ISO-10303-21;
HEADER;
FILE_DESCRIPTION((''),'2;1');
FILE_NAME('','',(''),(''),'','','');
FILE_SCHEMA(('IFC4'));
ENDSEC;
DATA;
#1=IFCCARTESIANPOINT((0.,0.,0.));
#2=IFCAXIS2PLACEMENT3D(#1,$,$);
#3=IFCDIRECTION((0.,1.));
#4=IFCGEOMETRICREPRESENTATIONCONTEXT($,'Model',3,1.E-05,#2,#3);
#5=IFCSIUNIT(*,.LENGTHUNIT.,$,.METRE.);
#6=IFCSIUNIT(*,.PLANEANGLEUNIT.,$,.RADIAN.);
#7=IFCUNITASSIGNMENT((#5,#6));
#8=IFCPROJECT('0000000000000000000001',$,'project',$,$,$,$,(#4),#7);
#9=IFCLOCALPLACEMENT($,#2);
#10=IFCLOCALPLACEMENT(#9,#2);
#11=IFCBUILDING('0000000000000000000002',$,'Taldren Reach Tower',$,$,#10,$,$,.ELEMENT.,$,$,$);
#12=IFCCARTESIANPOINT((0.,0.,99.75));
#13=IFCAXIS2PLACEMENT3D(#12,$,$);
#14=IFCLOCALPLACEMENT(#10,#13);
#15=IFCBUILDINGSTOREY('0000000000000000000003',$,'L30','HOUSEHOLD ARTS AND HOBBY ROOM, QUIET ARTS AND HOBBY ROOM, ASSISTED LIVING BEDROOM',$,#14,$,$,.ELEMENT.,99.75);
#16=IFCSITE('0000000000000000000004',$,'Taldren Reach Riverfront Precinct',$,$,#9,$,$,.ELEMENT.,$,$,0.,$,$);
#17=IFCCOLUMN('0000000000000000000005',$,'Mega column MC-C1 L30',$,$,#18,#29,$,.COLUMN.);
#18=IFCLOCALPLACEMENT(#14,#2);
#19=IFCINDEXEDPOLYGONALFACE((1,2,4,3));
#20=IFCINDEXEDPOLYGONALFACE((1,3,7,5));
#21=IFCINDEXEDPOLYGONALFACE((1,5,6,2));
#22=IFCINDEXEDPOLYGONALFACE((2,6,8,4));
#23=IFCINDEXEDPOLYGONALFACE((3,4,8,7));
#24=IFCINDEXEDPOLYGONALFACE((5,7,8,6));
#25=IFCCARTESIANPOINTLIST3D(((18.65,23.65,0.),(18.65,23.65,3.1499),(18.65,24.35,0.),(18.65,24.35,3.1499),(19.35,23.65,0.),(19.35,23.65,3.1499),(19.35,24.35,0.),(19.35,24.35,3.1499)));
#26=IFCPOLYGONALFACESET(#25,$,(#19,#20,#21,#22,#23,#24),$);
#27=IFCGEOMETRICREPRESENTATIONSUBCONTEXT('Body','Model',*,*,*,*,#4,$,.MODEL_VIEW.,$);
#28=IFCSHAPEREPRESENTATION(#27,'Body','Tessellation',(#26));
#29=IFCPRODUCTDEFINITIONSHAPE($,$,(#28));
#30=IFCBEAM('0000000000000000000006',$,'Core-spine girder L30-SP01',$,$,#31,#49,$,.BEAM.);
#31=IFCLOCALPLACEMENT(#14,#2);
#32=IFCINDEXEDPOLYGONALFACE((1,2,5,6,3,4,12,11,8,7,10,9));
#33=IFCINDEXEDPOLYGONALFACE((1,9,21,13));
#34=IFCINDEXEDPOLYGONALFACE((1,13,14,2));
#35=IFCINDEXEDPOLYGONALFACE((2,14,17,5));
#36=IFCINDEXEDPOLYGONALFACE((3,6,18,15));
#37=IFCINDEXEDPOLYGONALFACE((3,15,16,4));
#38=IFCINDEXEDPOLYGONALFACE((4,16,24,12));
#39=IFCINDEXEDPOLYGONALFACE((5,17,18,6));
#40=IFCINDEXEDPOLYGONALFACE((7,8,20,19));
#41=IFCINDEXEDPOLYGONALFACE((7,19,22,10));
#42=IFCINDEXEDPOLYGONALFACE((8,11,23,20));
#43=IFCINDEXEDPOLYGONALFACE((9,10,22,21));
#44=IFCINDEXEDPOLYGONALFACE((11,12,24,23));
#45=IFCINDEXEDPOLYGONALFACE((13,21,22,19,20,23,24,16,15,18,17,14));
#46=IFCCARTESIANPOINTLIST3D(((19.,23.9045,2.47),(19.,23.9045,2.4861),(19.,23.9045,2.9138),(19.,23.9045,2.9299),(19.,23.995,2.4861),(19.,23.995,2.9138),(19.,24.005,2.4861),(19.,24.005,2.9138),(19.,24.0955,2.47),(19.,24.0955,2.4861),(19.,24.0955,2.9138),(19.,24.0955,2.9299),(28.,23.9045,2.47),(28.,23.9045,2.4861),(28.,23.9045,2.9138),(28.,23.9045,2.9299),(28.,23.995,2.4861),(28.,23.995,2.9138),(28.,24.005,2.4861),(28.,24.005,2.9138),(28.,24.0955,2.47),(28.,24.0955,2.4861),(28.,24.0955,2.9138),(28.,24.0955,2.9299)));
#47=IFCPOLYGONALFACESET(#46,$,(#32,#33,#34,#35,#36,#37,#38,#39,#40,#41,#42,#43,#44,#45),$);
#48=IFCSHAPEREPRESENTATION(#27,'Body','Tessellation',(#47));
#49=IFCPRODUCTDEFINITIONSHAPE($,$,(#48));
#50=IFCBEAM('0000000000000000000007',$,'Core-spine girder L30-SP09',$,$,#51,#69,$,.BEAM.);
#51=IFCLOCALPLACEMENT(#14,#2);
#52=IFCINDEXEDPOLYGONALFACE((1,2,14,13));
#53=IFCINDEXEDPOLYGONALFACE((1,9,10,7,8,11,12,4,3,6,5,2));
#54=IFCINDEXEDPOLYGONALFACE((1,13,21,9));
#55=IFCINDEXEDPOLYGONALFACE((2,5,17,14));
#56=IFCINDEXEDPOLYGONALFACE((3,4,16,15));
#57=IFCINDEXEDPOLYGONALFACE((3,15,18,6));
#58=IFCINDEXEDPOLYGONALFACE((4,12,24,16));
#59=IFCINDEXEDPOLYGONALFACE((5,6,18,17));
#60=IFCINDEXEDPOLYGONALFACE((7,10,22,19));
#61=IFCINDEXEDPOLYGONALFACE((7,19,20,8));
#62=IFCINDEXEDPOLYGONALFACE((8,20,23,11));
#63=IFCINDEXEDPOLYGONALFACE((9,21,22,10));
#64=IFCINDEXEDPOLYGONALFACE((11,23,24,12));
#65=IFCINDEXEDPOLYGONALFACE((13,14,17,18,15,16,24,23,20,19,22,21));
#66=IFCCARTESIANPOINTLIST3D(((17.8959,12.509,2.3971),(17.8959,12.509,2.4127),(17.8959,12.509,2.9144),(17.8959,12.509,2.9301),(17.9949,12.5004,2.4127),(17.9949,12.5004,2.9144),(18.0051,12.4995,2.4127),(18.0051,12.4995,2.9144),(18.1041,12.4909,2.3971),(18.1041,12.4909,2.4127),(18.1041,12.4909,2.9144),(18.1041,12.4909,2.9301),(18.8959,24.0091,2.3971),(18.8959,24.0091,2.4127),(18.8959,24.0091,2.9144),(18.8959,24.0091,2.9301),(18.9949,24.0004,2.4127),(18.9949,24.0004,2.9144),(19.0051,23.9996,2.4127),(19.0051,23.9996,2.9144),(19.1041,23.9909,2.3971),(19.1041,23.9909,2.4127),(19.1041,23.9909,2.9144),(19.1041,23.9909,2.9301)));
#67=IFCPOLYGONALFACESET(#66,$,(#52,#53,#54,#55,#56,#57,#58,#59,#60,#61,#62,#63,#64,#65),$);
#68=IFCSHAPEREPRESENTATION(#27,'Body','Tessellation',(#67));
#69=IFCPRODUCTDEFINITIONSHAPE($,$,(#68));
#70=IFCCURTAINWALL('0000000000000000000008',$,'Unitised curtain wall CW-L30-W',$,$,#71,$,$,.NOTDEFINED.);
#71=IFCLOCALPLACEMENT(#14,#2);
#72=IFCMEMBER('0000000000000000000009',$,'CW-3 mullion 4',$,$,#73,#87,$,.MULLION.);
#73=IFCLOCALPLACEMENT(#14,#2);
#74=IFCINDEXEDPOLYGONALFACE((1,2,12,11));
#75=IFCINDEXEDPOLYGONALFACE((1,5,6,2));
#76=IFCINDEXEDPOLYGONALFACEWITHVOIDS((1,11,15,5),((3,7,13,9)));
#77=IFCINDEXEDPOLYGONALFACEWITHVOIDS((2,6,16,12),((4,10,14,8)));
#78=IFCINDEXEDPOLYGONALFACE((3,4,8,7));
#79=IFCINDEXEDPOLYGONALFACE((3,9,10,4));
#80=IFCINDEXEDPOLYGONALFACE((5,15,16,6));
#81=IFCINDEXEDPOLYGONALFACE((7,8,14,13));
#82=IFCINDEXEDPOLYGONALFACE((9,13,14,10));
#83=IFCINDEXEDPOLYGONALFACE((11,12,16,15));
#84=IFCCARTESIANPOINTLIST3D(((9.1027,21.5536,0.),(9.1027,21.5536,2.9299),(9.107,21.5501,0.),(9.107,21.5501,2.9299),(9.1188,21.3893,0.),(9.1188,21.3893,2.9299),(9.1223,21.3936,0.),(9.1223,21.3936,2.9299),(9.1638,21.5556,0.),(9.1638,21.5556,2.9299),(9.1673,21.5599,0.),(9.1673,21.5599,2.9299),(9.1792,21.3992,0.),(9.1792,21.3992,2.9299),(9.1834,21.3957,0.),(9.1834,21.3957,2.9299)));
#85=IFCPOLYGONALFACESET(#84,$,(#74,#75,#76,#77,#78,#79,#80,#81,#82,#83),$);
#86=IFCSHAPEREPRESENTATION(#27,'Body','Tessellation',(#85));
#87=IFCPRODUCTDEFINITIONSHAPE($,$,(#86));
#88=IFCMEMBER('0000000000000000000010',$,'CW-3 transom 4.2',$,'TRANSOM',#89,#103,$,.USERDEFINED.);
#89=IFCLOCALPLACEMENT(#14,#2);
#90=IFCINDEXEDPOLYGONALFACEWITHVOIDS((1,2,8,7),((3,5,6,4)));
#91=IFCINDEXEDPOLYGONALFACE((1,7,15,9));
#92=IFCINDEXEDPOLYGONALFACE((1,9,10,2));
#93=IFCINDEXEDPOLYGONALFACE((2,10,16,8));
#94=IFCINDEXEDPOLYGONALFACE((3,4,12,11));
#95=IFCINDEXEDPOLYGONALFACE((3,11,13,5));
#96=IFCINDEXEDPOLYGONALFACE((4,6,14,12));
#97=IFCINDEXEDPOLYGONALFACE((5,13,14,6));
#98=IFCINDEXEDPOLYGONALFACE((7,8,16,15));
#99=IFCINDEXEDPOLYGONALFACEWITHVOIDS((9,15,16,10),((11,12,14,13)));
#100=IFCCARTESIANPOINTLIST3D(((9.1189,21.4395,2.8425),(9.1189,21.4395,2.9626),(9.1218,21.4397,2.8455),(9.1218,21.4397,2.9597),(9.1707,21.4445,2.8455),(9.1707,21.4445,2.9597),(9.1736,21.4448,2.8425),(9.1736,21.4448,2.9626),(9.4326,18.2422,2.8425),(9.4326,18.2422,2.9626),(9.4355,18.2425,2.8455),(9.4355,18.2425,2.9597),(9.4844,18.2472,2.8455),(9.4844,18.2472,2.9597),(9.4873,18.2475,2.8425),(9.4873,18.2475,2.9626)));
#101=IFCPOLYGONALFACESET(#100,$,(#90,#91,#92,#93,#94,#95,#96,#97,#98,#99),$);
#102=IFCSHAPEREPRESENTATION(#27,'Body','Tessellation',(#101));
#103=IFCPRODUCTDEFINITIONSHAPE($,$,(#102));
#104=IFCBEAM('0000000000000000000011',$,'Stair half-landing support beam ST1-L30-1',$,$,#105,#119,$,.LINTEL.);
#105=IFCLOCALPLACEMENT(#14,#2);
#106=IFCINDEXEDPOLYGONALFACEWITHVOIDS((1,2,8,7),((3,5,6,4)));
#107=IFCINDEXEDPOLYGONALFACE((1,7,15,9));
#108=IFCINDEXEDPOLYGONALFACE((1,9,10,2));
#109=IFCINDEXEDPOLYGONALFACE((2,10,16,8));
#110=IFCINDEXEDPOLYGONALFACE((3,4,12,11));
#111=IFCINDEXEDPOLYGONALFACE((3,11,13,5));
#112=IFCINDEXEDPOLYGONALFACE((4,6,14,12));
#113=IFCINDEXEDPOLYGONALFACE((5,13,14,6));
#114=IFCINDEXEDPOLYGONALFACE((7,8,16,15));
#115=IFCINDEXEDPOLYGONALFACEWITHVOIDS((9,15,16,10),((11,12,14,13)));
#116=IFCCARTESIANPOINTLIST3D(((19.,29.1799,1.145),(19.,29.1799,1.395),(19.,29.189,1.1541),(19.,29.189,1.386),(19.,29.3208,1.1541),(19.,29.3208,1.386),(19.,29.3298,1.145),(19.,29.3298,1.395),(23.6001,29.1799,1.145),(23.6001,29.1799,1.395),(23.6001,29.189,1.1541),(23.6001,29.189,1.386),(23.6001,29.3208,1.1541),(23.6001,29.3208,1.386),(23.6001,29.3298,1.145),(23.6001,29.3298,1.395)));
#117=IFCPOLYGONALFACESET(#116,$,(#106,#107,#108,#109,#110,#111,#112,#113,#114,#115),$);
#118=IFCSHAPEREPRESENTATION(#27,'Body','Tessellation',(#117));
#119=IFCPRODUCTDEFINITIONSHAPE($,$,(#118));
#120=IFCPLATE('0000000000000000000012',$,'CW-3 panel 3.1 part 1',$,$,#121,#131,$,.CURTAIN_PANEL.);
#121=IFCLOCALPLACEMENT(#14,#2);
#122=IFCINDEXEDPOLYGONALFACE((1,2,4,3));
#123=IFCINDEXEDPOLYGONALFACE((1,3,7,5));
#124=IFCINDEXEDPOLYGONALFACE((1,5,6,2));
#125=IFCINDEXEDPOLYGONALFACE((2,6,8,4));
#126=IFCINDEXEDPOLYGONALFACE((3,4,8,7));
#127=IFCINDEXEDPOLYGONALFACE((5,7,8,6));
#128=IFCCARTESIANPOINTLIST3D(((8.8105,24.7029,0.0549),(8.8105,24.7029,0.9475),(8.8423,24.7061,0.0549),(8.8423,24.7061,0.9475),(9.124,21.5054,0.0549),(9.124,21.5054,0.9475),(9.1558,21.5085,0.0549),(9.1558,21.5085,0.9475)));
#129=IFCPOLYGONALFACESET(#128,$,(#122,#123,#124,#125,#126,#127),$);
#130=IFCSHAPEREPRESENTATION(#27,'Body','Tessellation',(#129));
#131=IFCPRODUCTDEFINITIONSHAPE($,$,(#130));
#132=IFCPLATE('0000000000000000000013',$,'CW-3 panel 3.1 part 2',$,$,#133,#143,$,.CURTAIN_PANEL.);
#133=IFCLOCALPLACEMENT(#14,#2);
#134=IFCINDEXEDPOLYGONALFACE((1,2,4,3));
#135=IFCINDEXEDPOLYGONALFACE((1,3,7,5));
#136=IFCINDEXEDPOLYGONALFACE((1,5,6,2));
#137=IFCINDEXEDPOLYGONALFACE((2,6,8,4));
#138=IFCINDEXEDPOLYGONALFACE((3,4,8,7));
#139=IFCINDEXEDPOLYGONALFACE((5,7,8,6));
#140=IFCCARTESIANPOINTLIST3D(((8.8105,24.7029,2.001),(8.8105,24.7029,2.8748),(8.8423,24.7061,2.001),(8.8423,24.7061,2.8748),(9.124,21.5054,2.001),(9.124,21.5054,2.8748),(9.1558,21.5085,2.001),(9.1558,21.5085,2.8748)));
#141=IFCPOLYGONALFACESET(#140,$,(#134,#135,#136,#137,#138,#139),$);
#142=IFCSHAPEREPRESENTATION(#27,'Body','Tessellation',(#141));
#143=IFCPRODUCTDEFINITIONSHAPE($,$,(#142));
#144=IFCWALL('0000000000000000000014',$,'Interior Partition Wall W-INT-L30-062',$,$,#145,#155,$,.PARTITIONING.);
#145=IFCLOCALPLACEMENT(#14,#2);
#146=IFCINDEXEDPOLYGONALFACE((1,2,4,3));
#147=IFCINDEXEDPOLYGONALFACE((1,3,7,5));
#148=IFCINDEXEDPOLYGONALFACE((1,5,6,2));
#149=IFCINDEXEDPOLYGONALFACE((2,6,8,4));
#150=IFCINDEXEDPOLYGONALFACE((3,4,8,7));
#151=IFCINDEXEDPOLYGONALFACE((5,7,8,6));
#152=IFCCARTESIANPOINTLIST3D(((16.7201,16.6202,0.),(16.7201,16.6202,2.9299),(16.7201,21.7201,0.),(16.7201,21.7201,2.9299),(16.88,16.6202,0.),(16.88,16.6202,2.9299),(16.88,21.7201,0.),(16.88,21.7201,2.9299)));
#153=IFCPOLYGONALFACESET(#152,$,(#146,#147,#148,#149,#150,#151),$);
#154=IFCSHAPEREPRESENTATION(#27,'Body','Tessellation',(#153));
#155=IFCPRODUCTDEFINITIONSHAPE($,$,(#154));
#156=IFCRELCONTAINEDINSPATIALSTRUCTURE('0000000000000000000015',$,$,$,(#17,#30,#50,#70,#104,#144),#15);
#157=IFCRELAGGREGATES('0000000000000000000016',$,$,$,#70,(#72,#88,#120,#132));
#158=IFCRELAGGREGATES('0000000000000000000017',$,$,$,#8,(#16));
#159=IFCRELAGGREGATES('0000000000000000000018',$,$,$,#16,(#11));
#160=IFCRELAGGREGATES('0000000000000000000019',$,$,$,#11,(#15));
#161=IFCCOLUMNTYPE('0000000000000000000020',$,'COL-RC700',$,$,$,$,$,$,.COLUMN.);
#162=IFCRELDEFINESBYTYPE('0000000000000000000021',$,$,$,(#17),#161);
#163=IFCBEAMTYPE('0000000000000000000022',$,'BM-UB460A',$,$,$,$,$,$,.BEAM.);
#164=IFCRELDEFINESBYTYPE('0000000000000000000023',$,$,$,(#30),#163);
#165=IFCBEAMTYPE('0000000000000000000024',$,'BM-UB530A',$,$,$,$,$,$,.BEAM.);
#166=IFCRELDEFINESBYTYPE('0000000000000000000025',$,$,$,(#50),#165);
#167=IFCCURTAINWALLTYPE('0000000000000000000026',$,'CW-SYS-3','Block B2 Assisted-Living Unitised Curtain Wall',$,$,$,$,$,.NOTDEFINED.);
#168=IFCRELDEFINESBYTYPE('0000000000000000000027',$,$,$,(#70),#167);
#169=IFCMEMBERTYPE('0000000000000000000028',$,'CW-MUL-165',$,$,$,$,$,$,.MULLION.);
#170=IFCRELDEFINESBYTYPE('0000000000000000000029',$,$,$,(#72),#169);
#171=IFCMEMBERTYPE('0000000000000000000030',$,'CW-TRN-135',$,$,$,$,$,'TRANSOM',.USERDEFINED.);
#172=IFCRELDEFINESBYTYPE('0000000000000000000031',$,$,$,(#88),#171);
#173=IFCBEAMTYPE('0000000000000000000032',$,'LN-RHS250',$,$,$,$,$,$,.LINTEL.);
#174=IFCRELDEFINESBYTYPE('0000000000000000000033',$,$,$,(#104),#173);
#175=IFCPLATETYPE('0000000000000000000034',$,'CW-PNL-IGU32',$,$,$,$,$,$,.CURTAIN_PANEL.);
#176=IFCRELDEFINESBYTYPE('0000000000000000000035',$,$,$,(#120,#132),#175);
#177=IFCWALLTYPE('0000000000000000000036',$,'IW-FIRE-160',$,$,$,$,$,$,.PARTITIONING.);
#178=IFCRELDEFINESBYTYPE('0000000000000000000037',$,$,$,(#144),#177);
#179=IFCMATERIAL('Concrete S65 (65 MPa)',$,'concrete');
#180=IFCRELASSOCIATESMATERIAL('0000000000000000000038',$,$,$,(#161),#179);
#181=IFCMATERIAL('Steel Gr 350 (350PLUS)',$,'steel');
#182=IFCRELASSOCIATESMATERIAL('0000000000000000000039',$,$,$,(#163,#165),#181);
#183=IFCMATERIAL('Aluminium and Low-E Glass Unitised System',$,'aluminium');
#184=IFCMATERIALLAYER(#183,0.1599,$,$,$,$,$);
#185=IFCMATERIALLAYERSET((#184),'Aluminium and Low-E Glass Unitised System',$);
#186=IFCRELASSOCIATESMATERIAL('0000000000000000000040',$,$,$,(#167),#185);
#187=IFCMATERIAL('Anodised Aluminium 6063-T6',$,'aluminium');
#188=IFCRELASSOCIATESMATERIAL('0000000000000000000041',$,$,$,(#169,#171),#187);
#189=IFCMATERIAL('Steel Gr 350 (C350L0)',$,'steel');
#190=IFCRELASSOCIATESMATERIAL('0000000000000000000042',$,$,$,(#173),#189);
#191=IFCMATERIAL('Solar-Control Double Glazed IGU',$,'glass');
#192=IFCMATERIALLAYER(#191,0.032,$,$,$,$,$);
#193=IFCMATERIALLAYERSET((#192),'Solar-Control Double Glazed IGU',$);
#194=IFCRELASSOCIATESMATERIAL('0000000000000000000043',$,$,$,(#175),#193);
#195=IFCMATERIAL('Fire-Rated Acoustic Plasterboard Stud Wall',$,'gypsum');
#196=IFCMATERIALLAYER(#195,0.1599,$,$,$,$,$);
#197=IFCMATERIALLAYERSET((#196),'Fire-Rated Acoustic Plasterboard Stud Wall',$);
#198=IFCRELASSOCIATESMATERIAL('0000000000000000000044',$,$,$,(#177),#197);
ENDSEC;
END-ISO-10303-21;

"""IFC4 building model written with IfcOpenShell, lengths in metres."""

from ifc_helpers import new_model, si_unit, direction, frame, frame_2d, origin, origin_2d, place, context, subcontext, project, spatial, rectangle, hollow_rectangle, i_section, extrude, source, transform, mapped, material, layer, layer_set, material_profile, profile_set, type_object, element, aggregate, save


model = new_model("IFC4")

# Units and contexts
model_context = context("Model", 3, precision=1e-05, world=origin(), true_north=direction((0.0, 1.0)))
body_context = subcontext(model_context, "Body", "Model", "MODEL_VIEW")
ifc_project = project(units=[si_unit("LENGTHUNIT", "METRE"), si_unit("PLANEANGLEUNIT", "RADIAN")], contexts=[model_context])

# Site, building, storey
site_placement = place(None, origin())
site = spatial("IfcSite", under=ifc_project, at=site_placement, Name="Taldren Reach Riverfront Precinct", CompositionType="ELEMENT", RefElevation=0.0)
building_placement = place(site_placement, origin())
building = spatial("IfcBuilding", under=site, at=building_placement, Name="Taldren Reach Tower", CompositionType="ELEMENT")
storey_placement = place(building_placement, frame((0.0, 0.0, 99.75)))
storey = spatial("IfcBuildingStorey", under=building, at=storey_placement, Name="L30", Description="HOUSEHOLD ARTS AND HOBBY ROOM, QUIET ARTS AND HOBBY ROOM, ASSISTED LIVING BEDROOM", CompositionType="ELEMENT", Elevation=99.75)

# Column
ifc_material_1 = material(Name="Concrete S65 (65 MPa)", Category="concrete")
ifc_material_profile_1 = material_profile(ifc_material_1, rectangle(XDim=0.7, YDim=0.7, at=origin_2d()), Name="RC-700x700")
ifc_profile_set_1 = profile_set([ifc_material_profile_1], Name="Concrete S65 (65 MPa)")
column_type = type_object("IfcColumnType", Name="COL-RC700", PredefinedType="COLUMN", material=ifc_profile_set_1)
shared_shape_1 = source(origin(), body_context, "Body", "SweptSolid", [
    extrude(rectangle(XDim=0.7, YDim=0.7, at=origin_2d()), origin(), (0.0, 0.0, 1.0), 3.1499),
])
column_placement = place(storey_placement, frame((19.0, 24.0, 0.0), z_axis=(0.0, 0.0, 1.0), x_axis=(1.0, 0.0, 0.0)))
element("IfcColumn", 1, at=column_placement, inside=storey, type_object=column_type, Name="Mega column MC-C1 L30", PredefinedType="COLUMN", context=body_context, shape_type="MappedRepresentation", body=[
    mapped(shared_shape_1, transform((0.0, 0.0, 0.0), scale=1.0)),
])

# Beams
ifc_material_2 = material(Name="Steel Gr 350 (350PLUS)", Category="steel")
ifc_material_profile_2 = material_profile(ifc_material_2, i_section(OverallWidth=0.1909, OverallDepth=0.46, WebThickness=0.01, FlangeThickness=0.0161, at=origin_2d()), Name="460UB82.1")
ifc_profile_set_2 = profile_set([ifc_material_profile_2], Name="Steel Gr 350 (350PLUS)")
beam_type_1 = type_object("IfcBeamType", Name="BM-UB460A", PredefinedType="BEAM", material=ifc_profile_set_2)
shared_shape_2 = source(origin(), body_context, "Body", "SweptSolid", [
    extrude(i_section(OverallWidth=0.1909, OverallDepth=0.46, WebThickness=0.01, FlangeThickness=0.0161, at=origin_2d()), origin(), (0.0, 0.0, 1.0), 9.0),
])
beam_1_placement = place(storey_placement, frame((19.0, 24.0, 2.7), z_axis=(1.0, 0.0, 0.0), x_axis=(0.0, 1.0, 0.0)))
element("IfcBeam", 2, at=beam_1_placement, inside=storey, type_object=beam_type_1, Name="Core-spine girder L30-SP01", PredefinedType="BEAM", context=body_context, shape_type="MappedRepresentation", body=[
    mapped(shared_shape_2, transform((0.0, 0.0, 0.0), scale=1.0)),
])
ifc_material_profile_3 = material_profile(ifc_material_2, i_section(OverallWidth=0.209, OverallDepth=0.533, WebThickness=0.0103, FlangeThickness=0.0156, at=origin_2d()), Name="530UB92.4")
ifc_profile_set_3 = profile_set([ifc_material_profile_3], Name="Steel Gr 350 (350PLUS)")
beam_type_2 = type_object("IfcBeamType", Name="BM-UB530A", PredefinedType="BEAM", material=ifc_profile_set_3)
shared_shape_3 = source(origin(), body_context, "Body", "SweptSolid", [
    extrude(i_section(OverallWidth=0.209, OverallDepth=0.533, WebThickness=0.0103, FlangeThickness=0.0156, at=origin_2d()), origin(), (0.0, 0.0, 1.0), 11.5435),
])
beam_2_placement = place(storey_placement, frame((19.0, 24.0, 2.6636), z_axis=(-0.08663, -0.996241, 0.0), x_axis=(0.996241, -0.08663, 0.0)))
element("IfcBeam", 3, at=beam_2_placement, inside=storey, type_object=beam_type_2, Name="Core-spine girder L30-SP09", PredefinedType="BEAM", context=body_context, shape_type="MappedRepresentation", body=[
    mapped(shared_shape_3, transform((0.0, 0.0, 0.0), scale=1.0)),
])

# Curtain wall, members
ifc_material_3 = material(Name="Aluminium and Low-E Glass Unitised System", Category="aluminium")
ifc_layer_1 = layer(ifc_material_3, 0.1599)
ifc_layer_set_1 = layer_set([ifc_layer_1], Name="Aluminium and Low-E Glass Unitised System")
curtain_wall_type = type_object("IfcCurtainWallType", Name="CW-SYS-3", Description="Block B2 Assisted-Living Unitised Curtain Wall", PredefinedType="NOTDEFINED", material=ifc_layer_set_1)
curtain_wall_placement = place(storey_placement, origin())
curtain_wall = element("IfcCurtainWall", 4, at=curtain_wall_placement, inside=storey, type_object=curtain_wall_type, Name="Unitised curtain wall CW-L30-W", PredefinedType="NOTDEFINED")
ifc_material_4 = material(Name="Anodised Aluminium 6063-T6", Category="aluminium")
ifc_material_profile_4 = material_profile(ifc_material_4, hollow_rectangle(XDim=0.0649, YDim=0.165, WallThickness=0.0039, at=origin_2d()), Name="ALU-165x65x4RHS")
ifc_profile_set_4 = profile_set([ifc_material_profile_4], Name="Anodised Aluminium 6063-T6")
member_type_1 = type_object("IfcMemberType", Name="CW-MUL-165", PredefinedType="MULLION", material=ifc_profile_set_4)
shared_shape_4 = source(origin(), body_context, "Body", "SweptSolid", [
    extrude(hollow_rectangle(XDim=0.0649, YDim=0.165, WallThickness=0.0039, at=origin_2d()), origin(), (0.0, 0.0, 1.0), 2.9299),
])
member_1_placement = place(storey_placement, frame((9.1431, 21.4746, 0.0), z_axis=(0.0, 0.0, 1.0), x_axis=(0.995227, 0.097583, 0.0)))
member_1 = element("IfcMember", 5, at=member_1_placement, type_object=member_type_1, Name="CW-3 mullion 4", PredefinedType="MULLION", context=body_context, shape_type="MappedRepresentation", body=[
    mapped(shared_shape_4, transform((0.0, 0.0, 0.0), scale=1.0)),
])
ifc_material_profile_5 = material_profile(ifc_material_4, hollow_rectangle(XDim=0.0549, YDim=0.1201, WallThickness=0.0029, at=origin_2d()), Name="ALU-120x55x3RHS")
ifc_profile_set_5 = profile_set([ifc_material_profile_5], Name="Anodised Aluminium 6063-T6")
member_type_2 = type_object("IfcMemberType", Name="CW-TRN-135", ElementType="TRANSOM", PredefinedType="USERDEFINED", material=ifc_profile_set_5)
shared_shape_5 = source(origin(), body_context, "Body", "SweptSolid", [
    extrude(hollow_rectangle(XDim=0.0549, YDim=0.1201, WallThickness=0.0029, at=origin_2d()), origin(), (0.0, 0.0, 1.0), 3.2126),
])
member_2_placement = place(storey_placement, frame((9.1462, 21.4421, 2.9026), z_axis=(0.097653, -0.995221, 0.0), x_axis=(0.995221, 0.097653, 0.0)))
member_2 = element("IfcMember", 6, at=member_2_placement, type_object=member_type_2, Name="CW-3 transom 4.2", ObjectType="TRANSOM", PredefinedType="USERDEFINED", context=body_context, shape_type="MappedRepresentation", body=[
    mapped(shared_shape_5, transform((0.0, 0.0, 0.0), scale=1.0)),
])

# Beam
ifc_material_5 = material(Name="Steel Gr 350 (C350L0)", Category="steel")
ifc_material_profile_6 = material_profile(ifc_material_5, hollow_rectangle(XDim=0.1499, YDim=0.25, WallThickness=0.009, at=origin_2d()), Name="250x150x9.0RHS")
ifc_profile_set_6 = profile_set([ifc_material_profile_6], Name="Steel Gr 350 (C350L0)")
beam_type_3 = type_object("IfcBeamType", Name="LN-RHS250", PredefinedType="LINTEL", material=ifc_profile_set_6)
shared_shape_6 = source(origin(), body_context, "Body", "SweptSolid", [
    extrude(hollow_rectangle(XDim=0.1499, YDim=0.25, WallThickness=0.009, at=origin_2d()), origin(), (0.0, 0.0, 1.0), 4.6001),
])
beam_3_placement = place(storey_placement, frame((19.0, 29.2549, 1.27), z_axis=(1.0, 0.0, 0.0), x_axis=(0.0, 1.0, 0.0)))
element("IfcBeam", 7, at=beam_3_placement, inside=storey, type_object=beam_type_3, Name="Stair half-landing support beam ST1-L30-1", PredefinedType="LINTEL", context=body_context, shape_type="MappedRepresentation", body=[
    mapped(shared_shape_6, transform((0.0, 0.0, 0.0), scale=1.0)),
])

# Plates
ifc_material_6 = material(Name="Solar-Control Double Glazed IGU", Category="glass")
ifc_layer_2 = layer(ifc_material_6, 0.032)
ifc_layer_set_2 = layer_set([ifc_layer_2], Name="Solar-Control Double Glazed IGU")
plate_type = type_object("IfcPlateType", Name="CW-PNL-IGU32", PredefinedType="CURTAIN_PANEL", material=ifc_layer_set_2)
shared_shape_7 = source(origin(), body_context, "Body", "SweptSolid", [
    extrude(rectangle(XDim=3.2129, YDim=0.032, at=origin_2d()), origin(), (0.0, 0.0, 1.0), 0.8926),
])
plate_1_placement = place(storey_placement, frame((8.9832, 23.1057, 0.0549), z_axis=(0.0, 0.0, 1.0), x_axis=(0.097583, -0.995227, 0.0)))
plate_1 = element("IfcPlate", 8, at=plate_1_placement, type_object=plate_type, Name="CW-3 panel 3.1 part 1", PredefinedType="CURTAIN_PANEL", context=body_context, shape_type="MappedRepresentation", body=[
    mapped(shared_shape_7, transform((0.0, 0.0, 0.0), scale=1.0)),
])
shared_shape_8 = source(origin(), body_context, "Body", "SweptSolid", [
    extrude(rectangle(XDim=3.2129, YDim=0.032, at=origin_2d()), origin(), (0.0, 0.0, 1.0), 0.8738),
])
plate_2_placement = place(storey_placement, frame((8.9832, 23.1057, 2.001), z_axis=(0.0, 0.0, 1.0), x_axis=(0.097583, -0.995227, 0.0)))
plate_2 = element("IfcPlate", 9, at=plate_2_placement, type_object=plate_type, Name="CW-3 panel 3.1 part 2", PredefinedType="CURTAIN_PANEL", context=body_context, shape_type="MappedRepresentation", body=[
    mapped(shared_shape_8, transform((0.0, 0.0, 0.0), scale=1.0)),
])
aggregate(curtain_wall, [member_1, member_2, plate_1, plate_2])

# Wall
ifc_material_7 = material(Name="Fire-Rated Acoustic Plasterboard Stud Wall", Category="gypsum")
ifc_layer_3 = layer(ifc_material_7, 0.1599)
ifc_layer_set_3 = layer_set([ifc_layer_3], Name="Fire-Rated Acoustic Plasterboard Stud Wall")
wall_type_1 = type_object("IfcWallType", Name="IW-FIRE-160", PredefinedType="PARTITIONING", material=ifc_layer_set_3)
shared_shape_9 = source(origin(), body_context, "Body", "SweptSolid", [
    extrude(rectangle(XDim=5.0999, YDim=0.1599, at=frame_2d((2.5498, 0.0))), origin(), (0.0, 0.0, 1.0), 2.9299),
])
wall_1_placement = place(storey_placement, frame((16.8, 21.72, 0.0), z_axis=(0.0, 0.0, 1.0), x_axis=(0.0, -1.0, 0.0)))
element("IfcWall", 10, at=wall_1_placement, inside=storey, type_object=wall_type_1, Name="Interior Partition Wall W-INT-L30-062", PredefinedType="PARTITIONING", context=body_context, shape_type="MappedRepresentation", body=[
    mapped(shared_shape_9, transform((0.0, 0.0, 0.0), scale=1.0)),
])

save(model, "model.ifc")
